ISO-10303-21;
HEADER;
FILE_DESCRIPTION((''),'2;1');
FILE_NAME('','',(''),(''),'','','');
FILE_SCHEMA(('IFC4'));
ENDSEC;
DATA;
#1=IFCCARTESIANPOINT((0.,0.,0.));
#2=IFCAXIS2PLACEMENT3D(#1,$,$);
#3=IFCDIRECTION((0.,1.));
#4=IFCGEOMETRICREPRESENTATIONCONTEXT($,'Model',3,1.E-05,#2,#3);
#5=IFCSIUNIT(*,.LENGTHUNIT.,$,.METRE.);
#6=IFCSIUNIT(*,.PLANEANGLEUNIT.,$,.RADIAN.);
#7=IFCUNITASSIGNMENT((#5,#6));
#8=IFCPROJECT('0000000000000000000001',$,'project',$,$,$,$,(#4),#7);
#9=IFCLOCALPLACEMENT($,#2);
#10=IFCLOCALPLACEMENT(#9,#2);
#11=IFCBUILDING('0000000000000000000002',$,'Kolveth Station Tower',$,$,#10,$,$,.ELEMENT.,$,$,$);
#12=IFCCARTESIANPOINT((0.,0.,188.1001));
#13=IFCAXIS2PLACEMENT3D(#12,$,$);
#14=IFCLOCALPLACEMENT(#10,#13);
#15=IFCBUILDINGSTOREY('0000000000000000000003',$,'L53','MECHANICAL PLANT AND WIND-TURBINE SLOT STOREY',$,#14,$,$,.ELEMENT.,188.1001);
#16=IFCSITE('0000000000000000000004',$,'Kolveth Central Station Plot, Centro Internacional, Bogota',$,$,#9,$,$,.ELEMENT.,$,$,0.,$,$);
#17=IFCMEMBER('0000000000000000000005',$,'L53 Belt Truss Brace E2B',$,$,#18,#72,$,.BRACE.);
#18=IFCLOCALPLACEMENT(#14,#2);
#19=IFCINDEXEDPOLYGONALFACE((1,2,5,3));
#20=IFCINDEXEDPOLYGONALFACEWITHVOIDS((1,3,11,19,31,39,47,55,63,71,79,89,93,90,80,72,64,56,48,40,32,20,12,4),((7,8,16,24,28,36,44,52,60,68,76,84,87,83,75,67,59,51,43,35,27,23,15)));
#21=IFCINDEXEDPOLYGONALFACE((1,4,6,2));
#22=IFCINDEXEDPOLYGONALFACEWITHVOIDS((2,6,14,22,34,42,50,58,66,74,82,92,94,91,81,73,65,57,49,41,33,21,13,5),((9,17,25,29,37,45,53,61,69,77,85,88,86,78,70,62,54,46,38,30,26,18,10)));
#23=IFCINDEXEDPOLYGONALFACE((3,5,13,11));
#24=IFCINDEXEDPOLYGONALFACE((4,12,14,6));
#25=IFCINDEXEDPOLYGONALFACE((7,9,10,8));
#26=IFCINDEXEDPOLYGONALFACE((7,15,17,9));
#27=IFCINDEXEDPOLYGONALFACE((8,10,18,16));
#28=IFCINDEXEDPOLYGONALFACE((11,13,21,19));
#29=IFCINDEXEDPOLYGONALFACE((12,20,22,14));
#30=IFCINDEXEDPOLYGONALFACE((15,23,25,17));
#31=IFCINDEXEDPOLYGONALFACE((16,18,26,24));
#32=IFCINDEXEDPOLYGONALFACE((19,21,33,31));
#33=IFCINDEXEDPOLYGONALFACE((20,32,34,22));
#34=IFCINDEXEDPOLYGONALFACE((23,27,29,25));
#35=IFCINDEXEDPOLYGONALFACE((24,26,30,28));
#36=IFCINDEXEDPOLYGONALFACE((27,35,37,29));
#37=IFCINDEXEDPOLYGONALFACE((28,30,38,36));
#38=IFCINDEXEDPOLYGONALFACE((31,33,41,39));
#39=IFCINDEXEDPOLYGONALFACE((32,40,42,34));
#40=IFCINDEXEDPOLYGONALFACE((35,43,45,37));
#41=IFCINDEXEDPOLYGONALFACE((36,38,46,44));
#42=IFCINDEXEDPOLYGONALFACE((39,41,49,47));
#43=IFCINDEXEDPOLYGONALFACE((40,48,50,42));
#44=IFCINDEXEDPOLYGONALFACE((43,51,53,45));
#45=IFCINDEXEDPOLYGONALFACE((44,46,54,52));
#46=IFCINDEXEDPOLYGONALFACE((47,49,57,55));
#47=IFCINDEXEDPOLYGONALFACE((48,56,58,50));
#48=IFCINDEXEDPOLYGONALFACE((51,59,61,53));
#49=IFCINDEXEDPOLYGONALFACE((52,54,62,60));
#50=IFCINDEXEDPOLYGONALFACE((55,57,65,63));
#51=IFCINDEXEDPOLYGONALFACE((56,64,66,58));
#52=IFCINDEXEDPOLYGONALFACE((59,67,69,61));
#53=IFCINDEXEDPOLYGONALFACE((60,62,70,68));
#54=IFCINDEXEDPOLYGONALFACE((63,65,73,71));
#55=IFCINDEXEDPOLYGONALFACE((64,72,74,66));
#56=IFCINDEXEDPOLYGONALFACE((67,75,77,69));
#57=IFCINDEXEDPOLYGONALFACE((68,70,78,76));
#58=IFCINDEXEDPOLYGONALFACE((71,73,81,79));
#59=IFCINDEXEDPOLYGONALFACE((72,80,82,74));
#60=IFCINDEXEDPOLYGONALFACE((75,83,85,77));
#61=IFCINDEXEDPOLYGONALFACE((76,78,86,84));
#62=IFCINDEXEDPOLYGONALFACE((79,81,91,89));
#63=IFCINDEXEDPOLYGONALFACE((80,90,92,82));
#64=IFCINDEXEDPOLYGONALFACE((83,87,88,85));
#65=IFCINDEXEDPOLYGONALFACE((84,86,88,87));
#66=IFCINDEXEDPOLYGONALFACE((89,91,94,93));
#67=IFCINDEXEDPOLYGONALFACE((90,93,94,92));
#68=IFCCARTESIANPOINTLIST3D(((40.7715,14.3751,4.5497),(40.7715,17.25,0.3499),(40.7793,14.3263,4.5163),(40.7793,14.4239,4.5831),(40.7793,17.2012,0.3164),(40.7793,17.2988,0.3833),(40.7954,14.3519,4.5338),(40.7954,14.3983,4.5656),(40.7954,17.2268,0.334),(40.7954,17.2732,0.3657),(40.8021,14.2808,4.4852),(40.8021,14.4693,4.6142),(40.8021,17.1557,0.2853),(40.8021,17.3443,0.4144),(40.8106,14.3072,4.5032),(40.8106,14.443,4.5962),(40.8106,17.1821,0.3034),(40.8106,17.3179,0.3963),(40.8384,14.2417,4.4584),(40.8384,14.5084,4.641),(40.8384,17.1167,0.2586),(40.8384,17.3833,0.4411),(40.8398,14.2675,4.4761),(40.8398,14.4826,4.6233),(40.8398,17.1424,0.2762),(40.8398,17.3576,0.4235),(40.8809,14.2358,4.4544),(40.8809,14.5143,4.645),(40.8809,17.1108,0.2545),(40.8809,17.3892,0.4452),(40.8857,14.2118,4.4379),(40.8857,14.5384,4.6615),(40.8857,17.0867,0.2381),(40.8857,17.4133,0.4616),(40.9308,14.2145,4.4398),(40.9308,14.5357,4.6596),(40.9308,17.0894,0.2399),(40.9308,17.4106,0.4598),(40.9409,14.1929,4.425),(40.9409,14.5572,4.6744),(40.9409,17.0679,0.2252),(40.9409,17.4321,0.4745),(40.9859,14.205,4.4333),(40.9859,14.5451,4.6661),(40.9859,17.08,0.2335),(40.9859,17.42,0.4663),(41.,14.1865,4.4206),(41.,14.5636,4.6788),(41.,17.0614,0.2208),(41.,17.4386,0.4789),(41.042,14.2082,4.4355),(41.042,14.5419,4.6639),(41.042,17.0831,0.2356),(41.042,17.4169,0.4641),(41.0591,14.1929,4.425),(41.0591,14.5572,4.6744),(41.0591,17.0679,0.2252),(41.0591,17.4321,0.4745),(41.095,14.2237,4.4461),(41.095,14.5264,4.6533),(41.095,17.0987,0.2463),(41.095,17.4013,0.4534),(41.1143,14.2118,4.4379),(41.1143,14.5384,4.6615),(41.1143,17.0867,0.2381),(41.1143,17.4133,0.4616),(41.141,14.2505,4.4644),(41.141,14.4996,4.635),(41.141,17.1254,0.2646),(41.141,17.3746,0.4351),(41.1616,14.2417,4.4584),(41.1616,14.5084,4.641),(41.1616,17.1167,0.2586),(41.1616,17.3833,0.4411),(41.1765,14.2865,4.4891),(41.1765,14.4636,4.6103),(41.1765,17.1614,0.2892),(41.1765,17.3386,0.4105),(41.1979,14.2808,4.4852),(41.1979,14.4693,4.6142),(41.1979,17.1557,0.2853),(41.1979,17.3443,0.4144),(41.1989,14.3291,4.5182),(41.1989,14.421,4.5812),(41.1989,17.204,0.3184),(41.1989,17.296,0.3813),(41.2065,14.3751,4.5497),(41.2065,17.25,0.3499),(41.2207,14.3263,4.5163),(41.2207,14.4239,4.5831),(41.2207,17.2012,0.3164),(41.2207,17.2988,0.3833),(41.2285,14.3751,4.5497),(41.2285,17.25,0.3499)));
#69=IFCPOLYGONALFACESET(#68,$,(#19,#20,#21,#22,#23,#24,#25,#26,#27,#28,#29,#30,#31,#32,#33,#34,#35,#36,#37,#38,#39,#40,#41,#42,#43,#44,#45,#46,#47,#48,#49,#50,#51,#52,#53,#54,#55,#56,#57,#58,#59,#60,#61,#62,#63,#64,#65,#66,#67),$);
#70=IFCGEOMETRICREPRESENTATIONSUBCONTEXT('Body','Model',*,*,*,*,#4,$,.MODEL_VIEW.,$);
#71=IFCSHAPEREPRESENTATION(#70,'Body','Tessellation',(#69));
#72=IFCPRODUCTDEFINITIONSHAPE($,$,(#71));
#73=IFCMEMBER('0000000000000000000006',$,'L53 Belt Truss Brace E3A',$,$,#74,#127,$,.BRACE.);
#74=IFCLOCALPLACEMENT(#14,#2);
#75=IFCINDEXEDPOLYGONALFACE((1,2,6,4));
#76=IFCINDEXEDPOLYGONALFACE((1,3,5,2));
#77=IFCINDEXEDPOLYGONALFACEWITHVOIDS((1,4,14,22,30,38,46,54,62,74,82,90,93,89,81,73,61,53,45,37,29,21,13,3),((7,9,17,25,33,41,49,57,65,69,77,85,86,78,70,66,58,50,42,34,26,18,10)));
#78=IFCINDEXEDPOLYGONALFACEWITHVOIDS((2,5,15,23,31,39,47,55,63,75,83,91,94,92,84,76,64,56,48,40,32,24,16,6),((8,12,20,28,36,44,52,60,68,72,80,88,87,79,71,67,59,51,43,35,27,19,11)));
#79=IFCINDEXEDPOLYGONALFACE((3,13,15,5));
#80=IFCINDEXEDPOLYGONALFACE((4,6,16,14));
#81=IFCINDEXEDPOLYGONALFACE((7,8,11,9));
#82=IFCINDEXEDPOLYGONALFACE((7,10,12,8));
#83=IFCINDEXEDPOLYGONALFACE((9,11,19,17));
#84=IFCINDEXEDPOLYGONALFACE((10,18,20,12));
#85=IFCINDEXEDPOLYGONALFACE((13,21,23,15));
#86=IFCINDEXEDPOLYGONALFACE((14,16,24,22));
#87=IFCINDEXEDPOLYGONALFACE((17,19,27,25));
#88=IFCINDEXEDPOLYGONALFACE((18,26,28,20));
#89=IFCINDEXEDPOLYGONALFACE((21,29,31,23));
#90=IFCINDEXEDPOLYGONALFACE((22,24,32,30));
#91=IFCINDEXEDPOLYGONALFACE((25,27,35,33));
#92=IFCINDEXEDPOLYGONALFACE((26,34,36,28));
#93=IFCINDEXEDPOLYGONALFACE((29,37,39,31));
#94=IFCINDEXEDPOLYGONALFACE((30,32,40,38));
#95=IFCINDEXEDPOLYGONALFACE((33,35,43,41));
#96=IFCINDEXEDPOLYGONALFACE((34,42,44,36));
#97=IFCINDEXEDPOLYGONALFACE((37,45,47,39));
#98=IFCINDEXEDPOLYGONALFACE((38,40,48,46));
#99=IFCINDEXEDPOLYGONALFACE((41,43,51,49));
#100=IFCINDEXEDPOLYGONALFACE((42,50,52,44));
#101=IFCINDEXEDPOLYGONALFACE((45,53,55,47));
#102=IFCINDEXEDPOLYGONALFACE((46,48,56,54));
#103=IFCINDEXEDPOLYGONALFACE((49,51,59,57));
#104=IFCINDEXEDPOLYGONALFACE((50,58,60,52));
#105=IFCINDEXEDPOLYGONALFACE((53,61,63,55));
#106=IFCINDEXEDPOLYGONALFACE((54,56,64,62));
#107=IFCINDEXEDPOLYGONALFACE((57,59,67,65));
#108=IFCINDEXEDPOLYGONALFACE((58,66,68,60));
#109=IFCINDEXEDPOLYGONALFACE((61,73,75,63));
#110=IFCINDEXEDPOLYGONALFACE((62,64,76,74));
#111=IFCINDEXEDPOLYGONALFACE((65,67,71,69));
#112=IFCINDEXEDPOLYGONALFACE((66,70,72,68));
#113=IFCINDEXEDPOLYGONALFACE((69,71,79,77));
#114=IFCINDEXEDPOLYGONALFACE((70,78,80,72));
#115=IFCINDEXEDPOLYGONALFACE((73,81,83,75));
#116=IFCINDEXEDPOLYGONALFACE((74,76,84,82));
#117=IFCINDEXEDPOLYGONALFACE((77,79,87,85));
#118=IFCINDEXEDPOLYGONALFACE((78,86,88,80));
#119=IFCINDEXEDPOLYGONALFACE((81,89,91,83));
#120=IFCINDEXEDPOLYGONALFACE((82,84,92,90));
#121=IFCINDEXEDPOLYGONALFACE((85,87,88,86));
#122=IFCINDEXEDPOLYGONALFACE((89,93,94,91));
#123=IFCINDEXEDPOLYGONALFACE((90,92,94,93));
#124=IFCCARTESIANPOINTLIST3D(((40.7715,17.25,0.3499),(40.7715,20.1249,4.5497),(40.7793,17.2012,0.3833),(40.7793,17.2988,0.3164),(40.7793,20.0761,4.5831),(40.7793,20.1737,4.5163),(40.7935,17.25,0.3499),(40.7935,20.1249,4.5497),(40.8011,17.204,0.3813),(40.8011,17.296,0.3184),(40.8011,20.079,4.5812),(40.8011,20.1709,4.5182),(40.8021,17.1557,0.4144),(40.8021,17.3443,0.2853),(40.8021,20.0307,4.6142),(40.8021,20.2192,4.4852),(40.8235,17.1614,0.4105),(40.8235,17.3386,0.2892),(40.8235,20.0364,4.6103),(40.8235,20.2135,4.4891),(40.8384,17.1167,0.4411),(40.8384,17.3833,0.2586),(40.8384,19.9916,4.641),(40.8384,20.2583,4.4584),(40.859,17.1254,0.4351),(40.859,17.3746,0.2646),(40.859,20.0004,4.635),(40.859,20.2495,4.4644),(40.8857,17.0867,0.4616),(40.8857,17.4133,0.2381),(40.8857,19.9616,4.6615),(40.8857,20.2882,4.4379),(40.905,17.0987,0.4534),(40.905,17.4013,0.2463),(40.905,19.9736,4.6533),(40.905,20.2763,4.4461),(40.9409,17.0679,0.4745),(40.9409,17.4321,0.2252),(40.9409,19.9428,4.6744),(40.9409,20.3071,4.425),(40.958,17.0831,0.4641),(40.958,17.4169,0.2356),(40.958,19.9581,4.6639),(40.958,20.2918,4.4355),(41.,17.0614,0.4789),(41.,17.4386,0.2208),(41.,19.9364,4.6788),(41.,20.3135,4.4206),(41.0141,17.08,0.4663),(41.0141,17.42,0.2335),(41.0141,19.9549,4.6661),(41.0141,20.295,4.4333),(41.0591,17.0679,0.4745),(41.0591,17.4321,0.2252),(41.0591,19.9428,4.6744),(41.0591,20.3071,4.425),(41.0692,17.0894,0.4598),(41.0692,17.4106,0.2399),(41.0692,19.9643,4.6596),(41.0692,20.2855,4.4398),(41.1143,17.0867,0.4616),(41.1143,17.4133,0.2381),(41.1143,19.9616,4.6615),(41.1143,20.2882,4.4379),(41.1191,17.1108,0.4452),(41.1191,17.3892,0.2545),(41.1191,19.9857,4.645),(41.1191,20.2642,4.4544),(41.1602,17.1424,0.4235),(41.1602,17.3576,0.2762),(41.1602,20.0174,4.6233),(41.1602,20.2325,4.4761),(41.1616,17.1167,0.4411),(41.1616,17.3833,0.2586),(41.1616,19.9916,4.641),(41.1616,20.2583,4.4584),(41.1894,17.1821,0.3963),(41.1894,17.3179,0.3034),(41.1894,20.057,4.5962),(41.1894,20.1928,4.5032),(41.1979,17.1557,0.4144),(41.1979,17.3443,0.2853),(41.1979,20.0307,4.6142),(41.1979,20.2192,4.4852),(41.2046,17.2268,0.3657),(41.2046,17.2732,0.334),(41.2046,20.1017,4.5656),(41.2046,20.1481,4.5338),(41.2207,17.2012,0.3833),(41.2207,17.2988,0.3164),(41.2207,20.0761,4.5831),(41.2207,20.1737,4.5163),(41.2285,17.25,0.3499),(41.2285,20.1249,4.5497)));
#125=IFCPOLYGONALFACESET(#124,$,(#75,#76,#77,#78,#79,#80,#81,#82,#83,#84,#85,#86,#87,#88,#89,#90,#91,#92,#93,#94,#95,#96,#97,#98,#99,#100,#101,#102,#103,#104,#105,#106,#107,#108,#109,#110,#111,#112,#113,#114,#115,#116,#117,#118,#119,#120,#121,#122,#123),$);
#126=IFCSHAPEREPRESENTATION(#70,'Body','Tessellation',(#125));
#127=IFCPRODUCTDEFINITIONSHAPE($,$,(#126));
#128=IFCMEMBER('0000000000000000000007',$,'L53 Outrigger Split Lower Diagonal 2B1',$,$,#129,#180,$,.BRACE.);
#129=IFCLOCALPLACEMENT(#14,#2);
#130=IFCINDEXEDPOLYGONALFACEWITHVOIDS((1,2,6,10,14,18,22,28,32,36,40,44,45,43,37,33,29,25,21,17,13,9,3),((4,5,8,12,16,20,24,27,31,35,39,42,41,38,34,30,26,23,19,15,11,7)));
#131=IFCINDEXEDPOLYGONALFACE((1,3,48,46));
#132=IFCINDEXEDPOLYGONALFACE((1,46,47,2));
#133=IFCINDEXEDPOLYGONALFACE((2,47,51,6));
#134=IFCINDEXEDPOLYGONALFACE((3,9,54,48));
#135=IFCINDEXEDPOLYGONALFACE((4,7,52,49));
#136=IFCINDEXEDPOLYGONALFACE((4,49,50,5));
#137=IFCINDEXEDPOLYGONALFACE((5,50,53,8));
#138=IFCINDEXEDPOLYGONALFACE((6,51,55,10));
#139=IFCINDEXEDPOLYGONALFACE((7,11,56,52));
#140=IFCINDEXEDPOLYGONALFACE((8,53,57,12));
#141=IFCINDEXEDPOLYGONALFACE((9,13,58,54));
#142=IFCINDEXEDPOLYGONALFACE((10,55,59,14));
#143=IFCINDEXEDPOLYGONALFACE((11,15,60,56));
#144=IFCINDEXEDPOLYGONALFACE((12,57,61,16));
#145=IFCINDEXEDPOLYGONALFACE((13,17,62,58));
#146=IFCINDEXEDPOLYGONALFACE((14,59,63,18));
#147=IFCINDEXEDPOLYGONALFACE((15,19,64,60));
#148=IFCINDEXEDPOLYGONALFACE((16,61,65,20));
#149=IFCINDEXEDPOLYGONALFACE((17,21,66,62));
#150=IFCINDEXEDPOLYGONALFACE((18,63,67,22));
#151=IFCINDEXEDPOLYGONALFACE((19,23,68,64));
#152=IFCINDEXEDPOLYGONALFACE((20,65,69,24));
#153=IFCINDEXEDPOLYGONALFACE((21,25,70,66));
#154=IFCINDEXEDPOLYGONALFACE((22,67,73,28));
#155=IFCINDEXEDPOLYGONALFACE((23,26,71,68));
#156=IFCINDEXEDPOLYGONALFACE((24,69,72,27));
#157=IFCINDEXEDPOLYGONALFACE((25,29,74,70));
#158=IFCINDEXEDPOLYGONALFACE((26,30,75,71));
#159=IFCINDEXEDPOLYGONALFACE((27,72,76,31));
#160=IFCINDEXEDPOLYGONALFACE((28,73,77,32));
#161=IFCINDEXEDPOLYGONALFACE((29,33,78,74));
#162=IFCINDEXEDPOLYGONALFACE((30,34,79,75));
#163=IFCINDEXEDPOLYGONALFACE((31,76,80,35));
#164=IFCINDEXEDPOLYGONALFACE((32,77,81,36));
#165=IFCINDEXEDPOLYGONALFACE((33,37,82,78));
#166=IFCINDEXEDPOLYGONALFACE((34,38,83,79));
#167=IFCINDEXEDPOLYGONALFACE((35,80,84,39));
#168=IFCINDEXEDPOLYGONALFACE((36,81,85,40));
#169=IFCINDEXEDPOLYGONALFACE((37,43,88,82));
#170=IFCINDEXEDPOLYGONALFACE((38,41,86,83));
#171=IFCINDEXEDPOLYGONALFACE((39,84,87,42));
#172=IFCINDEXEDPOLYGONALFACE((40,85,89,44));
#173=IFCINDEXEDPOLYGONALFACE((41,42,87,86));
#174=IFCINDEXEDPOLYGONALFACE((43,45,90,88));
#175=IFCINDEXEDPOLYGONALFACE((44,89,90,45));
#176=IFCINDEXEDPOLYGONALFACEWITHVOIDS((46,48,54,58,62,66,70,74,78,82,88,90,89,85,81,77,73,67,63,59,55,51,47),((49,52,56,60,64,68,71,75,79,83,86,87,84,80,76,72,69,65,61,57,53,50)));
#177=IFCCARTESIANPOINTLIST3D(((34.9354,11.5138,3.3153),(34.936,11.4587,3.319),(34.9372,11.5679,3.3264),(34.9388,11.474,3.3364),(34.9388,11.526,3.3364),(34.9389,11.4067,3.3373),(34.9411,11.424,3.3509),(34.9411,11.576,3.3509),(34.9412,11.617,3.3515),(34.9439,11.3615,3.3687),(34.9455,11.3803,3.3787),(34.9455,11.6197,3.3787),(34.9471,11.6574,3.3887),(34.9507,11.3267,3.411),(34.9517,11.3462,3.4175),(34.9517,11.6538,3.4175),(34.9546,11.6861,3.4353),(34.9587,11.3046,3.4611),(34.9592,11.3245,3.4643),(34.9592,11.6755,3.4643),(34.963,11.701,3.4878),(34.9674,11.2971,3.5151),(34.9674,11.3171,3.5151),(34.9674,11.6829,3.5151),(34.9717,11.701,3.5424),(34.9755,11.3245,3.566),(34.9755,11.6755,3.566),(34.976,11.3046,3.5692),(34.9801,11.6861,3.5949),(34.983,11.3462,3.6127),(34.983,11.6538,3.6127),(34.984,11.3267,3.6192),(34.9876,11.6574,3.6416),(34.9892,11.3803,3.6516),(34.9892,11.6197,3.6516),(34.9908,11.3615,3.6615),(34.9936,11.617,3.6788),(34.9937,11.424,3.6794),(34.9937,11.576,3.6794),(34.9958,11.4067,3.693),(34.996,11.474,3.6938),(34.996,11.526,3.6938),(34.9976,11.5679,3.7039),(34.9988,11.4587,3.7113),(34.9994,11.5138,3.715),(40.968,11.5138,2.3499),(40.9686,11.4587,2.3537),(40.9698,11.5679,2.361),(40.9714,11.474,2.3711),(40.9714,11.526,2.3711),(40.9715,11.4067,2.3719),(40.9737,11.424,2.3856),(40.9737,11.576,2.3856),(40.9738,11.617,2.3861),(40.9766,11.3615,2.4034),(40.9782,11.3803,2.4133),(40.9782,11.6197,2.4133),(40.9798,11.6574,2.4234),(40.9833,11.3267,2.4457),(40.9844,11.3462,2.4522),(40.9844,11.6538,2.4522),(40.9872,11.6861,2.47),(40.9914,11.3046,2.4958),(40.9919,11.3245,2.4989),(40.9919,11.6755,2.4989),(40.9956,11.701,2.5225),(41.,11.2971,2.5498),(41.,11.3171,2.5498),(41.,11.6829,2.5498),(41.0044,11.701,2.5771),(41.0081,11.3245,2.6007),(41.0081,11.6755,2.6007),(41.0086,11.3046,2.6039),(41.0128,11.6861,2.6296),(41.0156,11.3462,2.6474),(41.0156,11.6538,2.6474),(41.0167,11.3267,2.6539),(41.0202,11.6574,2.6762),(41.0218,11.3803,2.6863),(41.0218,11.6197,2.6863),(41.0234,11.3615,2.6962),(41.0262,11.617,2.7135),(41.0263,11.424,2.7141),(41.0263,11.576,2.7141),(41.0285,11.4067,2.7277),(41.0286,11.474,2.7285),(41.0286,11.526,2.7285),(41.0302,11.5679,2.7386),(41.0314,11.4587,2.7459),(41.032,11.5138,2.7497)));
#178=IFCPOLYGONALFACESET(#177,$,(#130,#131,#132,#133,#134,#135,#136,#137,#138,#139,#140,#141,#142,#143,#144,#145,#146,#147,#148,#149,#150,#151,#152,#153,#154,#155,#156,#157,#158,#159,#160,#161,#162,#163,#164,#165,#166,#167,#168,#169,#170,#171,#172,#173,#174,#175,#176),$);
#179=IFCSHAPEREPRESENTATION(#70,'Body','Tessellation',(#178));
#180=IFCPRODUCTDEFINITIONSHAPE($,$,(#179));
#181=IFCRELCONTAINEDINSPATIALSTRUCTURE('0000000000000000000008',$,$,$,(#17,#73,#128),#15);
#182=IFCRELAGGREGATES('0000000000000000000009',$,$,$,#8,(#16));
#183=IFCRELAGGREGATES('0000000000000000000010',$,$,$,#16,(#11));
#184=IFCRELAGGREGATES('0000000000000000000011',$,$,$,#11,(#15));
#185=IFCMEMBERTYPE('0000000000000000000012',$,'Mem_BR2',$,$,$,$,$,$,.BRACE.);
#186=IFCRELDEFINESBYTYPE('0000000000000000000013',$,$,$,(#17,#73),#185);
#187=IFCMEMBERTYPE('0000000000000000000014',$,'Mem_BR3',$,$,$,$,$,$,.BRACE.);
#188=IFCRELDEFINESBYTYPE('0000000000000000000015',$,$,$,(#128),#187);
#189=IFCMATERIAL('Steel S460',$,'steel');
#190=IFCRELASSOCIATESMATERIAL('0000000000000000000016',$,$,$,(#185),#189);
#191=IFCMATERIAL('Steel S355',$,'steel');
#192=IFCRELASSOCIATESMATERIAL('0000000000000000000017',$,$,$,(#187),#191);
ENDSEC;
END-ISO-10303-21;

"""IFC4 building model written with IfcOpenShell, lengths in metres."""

from ifc_helpers import new_model, si_unit, direction, frame, origin, origin_2d, place, context, subcontext, project, spatial, hollow_circle, extrude, source, transform, mapped, material, material_profile, profile_set, type_object, element, save


model = new_model("IFC4")

# Units and contexts
model_context = context("Model", 3, precision=1e-05, world=origin(), true_north=direction((0.0, 1.0)))
body_context = subcontext(model_context, "Body", "Model", "MODEL_VIEW")
ifc_project = project(units=[si_unit("LENGTHUNIT", "METRE"), si_unit("PLANEANGLEUNIT", "RADIAN")], contexts=[model_context])

# Site, building, storey
site_placement = place(None, origin())
site = spatial("IfcSite", under=ifc_project, at=site_placement, Name="Kolveth Central Station Plot, Centro Internacional, Bogota", CompositionType="ELEMENT", RefElevation=0.0)
building_placement = place(site_placement, origin())
building = spatial("IfcBuilding", under=site, at=building_placement, Name="Kolveth Station Tower", CompositionType="ELEMENT")
storey_placement = place(building_placement, frame((0.0, 0.0, 188.1001)))
storey = spatial("IfcBuildingStorey", under=building, at=storey_placement, Name="L53", Description="MECHANICAL PLANT AND WIND-TURBINE SLOT STOREY", CompositionType="ELEMENT", Elevation=188.1001)

# Shared definitions
ifc_material_1 = material(Name="Steel S355", Category="steel")

# Members
ifc_material_2 = material(Name="Steel S460", Category="steel")
ifc_material_profile_1 = material_profile(ifc_material_2, hollow_circle(Radius=0.2285, WallThickness=0.022, at=origin_2d()), Name="CHS457x22")
ifc_profile_set_1 = profile_set([ifc_material_profile_1], Name="Steel S460")
member_type_1 = type_object("IfcMemberType", Name="Mem_BR2", PredefinedType="BRACE", material=ifc_profile_set_1)
shared_shape_1 = source(origin(), body_context, "Body", "SweptSolid", [
    extrude(hollow_circle(Radius=0.2285, WallThickness=0.022, at=origin_2d()), origin(), (0.0, 0.0, 1.0), 5.0896),
])
for number, where, z_axis, x_axis, name in (
    (1, (41.0, 17.25, 0.3499), (0.0, -0.564864, 0.825184), (1.0, 0.0, 0.0), "L53 Belt Truss Brace E2B"),
    (2, (41.0, 17.25, 0.3499), (0.0, 0.564864, 0.825184), (-1.0, 0.0, 0.0), "L53 Belt Truss Brace E3A"),
):
    element("IfcMember", number, at=place(storey_placement, frame(where, z_axis=z_axis, x_axis=x_axis)), inside=storey, type_object=member_type_1, Name=name, PredefinedType="BRACE", context=body_context, shape_type="MappedRepresentation", body=[
        mapped(shared_shape_1, transform((0.0, 0.0, 0.0), x_axis=(1.0, 0.0, 0.0), y_axis=(0.0, 1.0, 0.0), z_axis=(0.0, 0.0, 1.0), scale=1.0)),
    ])
ifc_material_profile_2 = material_profile(ifc_material_1, hollow_circle(Radius=0.2029, WallThickness=0.02, at=origin_2d()), Name="CHS406x20")
ifc_profile_set_2 = profile_set([ifc_material_profile_2], Name="Steel S355")
member_type_2 = type_object("IfcMemberType", Name="Mem_BR3", PredefinedType="BRACE", material=ifc_profile_set_2)
shared_shape_2 = source(origin(), body_context, "Body", "SweptSolid", [
    extrude(hollow_circle(Radius=0.2029, WallThickness=0.02, at=origin_2d()), origin(), (0.0, 0.0, 1.0), 6.1094),
])
for number, where, z_axis, x_axis, name in (
    (3, (41.0, 11.5, 2.5498), (-0.987438, 0.0, 0.158006), (0.0, -1.0, 0.0), "L53 Outrigger Split Lower Diagonal 2B1"),
):
    element("IfcMember", number, at=place(storey_placement, frame(where, z_axis=z_axis, x_axis=x_axis)), inside=storey, type_object=member_type_2, Name=name, PredefinedType="BRACE", context=body_context, shape_type="MappedRepresentation", body=[
        mapped(shared_shape_2, transform((0.0, 0.0, 0.0), x_axis=(1.0, 0.0, 0.0), y_axis=(0.0, 1.0, 0.0), z_axis=(0.0, 0.0, 1.0), scale=1.0)),
    ])

save(model, "model.ifc")
